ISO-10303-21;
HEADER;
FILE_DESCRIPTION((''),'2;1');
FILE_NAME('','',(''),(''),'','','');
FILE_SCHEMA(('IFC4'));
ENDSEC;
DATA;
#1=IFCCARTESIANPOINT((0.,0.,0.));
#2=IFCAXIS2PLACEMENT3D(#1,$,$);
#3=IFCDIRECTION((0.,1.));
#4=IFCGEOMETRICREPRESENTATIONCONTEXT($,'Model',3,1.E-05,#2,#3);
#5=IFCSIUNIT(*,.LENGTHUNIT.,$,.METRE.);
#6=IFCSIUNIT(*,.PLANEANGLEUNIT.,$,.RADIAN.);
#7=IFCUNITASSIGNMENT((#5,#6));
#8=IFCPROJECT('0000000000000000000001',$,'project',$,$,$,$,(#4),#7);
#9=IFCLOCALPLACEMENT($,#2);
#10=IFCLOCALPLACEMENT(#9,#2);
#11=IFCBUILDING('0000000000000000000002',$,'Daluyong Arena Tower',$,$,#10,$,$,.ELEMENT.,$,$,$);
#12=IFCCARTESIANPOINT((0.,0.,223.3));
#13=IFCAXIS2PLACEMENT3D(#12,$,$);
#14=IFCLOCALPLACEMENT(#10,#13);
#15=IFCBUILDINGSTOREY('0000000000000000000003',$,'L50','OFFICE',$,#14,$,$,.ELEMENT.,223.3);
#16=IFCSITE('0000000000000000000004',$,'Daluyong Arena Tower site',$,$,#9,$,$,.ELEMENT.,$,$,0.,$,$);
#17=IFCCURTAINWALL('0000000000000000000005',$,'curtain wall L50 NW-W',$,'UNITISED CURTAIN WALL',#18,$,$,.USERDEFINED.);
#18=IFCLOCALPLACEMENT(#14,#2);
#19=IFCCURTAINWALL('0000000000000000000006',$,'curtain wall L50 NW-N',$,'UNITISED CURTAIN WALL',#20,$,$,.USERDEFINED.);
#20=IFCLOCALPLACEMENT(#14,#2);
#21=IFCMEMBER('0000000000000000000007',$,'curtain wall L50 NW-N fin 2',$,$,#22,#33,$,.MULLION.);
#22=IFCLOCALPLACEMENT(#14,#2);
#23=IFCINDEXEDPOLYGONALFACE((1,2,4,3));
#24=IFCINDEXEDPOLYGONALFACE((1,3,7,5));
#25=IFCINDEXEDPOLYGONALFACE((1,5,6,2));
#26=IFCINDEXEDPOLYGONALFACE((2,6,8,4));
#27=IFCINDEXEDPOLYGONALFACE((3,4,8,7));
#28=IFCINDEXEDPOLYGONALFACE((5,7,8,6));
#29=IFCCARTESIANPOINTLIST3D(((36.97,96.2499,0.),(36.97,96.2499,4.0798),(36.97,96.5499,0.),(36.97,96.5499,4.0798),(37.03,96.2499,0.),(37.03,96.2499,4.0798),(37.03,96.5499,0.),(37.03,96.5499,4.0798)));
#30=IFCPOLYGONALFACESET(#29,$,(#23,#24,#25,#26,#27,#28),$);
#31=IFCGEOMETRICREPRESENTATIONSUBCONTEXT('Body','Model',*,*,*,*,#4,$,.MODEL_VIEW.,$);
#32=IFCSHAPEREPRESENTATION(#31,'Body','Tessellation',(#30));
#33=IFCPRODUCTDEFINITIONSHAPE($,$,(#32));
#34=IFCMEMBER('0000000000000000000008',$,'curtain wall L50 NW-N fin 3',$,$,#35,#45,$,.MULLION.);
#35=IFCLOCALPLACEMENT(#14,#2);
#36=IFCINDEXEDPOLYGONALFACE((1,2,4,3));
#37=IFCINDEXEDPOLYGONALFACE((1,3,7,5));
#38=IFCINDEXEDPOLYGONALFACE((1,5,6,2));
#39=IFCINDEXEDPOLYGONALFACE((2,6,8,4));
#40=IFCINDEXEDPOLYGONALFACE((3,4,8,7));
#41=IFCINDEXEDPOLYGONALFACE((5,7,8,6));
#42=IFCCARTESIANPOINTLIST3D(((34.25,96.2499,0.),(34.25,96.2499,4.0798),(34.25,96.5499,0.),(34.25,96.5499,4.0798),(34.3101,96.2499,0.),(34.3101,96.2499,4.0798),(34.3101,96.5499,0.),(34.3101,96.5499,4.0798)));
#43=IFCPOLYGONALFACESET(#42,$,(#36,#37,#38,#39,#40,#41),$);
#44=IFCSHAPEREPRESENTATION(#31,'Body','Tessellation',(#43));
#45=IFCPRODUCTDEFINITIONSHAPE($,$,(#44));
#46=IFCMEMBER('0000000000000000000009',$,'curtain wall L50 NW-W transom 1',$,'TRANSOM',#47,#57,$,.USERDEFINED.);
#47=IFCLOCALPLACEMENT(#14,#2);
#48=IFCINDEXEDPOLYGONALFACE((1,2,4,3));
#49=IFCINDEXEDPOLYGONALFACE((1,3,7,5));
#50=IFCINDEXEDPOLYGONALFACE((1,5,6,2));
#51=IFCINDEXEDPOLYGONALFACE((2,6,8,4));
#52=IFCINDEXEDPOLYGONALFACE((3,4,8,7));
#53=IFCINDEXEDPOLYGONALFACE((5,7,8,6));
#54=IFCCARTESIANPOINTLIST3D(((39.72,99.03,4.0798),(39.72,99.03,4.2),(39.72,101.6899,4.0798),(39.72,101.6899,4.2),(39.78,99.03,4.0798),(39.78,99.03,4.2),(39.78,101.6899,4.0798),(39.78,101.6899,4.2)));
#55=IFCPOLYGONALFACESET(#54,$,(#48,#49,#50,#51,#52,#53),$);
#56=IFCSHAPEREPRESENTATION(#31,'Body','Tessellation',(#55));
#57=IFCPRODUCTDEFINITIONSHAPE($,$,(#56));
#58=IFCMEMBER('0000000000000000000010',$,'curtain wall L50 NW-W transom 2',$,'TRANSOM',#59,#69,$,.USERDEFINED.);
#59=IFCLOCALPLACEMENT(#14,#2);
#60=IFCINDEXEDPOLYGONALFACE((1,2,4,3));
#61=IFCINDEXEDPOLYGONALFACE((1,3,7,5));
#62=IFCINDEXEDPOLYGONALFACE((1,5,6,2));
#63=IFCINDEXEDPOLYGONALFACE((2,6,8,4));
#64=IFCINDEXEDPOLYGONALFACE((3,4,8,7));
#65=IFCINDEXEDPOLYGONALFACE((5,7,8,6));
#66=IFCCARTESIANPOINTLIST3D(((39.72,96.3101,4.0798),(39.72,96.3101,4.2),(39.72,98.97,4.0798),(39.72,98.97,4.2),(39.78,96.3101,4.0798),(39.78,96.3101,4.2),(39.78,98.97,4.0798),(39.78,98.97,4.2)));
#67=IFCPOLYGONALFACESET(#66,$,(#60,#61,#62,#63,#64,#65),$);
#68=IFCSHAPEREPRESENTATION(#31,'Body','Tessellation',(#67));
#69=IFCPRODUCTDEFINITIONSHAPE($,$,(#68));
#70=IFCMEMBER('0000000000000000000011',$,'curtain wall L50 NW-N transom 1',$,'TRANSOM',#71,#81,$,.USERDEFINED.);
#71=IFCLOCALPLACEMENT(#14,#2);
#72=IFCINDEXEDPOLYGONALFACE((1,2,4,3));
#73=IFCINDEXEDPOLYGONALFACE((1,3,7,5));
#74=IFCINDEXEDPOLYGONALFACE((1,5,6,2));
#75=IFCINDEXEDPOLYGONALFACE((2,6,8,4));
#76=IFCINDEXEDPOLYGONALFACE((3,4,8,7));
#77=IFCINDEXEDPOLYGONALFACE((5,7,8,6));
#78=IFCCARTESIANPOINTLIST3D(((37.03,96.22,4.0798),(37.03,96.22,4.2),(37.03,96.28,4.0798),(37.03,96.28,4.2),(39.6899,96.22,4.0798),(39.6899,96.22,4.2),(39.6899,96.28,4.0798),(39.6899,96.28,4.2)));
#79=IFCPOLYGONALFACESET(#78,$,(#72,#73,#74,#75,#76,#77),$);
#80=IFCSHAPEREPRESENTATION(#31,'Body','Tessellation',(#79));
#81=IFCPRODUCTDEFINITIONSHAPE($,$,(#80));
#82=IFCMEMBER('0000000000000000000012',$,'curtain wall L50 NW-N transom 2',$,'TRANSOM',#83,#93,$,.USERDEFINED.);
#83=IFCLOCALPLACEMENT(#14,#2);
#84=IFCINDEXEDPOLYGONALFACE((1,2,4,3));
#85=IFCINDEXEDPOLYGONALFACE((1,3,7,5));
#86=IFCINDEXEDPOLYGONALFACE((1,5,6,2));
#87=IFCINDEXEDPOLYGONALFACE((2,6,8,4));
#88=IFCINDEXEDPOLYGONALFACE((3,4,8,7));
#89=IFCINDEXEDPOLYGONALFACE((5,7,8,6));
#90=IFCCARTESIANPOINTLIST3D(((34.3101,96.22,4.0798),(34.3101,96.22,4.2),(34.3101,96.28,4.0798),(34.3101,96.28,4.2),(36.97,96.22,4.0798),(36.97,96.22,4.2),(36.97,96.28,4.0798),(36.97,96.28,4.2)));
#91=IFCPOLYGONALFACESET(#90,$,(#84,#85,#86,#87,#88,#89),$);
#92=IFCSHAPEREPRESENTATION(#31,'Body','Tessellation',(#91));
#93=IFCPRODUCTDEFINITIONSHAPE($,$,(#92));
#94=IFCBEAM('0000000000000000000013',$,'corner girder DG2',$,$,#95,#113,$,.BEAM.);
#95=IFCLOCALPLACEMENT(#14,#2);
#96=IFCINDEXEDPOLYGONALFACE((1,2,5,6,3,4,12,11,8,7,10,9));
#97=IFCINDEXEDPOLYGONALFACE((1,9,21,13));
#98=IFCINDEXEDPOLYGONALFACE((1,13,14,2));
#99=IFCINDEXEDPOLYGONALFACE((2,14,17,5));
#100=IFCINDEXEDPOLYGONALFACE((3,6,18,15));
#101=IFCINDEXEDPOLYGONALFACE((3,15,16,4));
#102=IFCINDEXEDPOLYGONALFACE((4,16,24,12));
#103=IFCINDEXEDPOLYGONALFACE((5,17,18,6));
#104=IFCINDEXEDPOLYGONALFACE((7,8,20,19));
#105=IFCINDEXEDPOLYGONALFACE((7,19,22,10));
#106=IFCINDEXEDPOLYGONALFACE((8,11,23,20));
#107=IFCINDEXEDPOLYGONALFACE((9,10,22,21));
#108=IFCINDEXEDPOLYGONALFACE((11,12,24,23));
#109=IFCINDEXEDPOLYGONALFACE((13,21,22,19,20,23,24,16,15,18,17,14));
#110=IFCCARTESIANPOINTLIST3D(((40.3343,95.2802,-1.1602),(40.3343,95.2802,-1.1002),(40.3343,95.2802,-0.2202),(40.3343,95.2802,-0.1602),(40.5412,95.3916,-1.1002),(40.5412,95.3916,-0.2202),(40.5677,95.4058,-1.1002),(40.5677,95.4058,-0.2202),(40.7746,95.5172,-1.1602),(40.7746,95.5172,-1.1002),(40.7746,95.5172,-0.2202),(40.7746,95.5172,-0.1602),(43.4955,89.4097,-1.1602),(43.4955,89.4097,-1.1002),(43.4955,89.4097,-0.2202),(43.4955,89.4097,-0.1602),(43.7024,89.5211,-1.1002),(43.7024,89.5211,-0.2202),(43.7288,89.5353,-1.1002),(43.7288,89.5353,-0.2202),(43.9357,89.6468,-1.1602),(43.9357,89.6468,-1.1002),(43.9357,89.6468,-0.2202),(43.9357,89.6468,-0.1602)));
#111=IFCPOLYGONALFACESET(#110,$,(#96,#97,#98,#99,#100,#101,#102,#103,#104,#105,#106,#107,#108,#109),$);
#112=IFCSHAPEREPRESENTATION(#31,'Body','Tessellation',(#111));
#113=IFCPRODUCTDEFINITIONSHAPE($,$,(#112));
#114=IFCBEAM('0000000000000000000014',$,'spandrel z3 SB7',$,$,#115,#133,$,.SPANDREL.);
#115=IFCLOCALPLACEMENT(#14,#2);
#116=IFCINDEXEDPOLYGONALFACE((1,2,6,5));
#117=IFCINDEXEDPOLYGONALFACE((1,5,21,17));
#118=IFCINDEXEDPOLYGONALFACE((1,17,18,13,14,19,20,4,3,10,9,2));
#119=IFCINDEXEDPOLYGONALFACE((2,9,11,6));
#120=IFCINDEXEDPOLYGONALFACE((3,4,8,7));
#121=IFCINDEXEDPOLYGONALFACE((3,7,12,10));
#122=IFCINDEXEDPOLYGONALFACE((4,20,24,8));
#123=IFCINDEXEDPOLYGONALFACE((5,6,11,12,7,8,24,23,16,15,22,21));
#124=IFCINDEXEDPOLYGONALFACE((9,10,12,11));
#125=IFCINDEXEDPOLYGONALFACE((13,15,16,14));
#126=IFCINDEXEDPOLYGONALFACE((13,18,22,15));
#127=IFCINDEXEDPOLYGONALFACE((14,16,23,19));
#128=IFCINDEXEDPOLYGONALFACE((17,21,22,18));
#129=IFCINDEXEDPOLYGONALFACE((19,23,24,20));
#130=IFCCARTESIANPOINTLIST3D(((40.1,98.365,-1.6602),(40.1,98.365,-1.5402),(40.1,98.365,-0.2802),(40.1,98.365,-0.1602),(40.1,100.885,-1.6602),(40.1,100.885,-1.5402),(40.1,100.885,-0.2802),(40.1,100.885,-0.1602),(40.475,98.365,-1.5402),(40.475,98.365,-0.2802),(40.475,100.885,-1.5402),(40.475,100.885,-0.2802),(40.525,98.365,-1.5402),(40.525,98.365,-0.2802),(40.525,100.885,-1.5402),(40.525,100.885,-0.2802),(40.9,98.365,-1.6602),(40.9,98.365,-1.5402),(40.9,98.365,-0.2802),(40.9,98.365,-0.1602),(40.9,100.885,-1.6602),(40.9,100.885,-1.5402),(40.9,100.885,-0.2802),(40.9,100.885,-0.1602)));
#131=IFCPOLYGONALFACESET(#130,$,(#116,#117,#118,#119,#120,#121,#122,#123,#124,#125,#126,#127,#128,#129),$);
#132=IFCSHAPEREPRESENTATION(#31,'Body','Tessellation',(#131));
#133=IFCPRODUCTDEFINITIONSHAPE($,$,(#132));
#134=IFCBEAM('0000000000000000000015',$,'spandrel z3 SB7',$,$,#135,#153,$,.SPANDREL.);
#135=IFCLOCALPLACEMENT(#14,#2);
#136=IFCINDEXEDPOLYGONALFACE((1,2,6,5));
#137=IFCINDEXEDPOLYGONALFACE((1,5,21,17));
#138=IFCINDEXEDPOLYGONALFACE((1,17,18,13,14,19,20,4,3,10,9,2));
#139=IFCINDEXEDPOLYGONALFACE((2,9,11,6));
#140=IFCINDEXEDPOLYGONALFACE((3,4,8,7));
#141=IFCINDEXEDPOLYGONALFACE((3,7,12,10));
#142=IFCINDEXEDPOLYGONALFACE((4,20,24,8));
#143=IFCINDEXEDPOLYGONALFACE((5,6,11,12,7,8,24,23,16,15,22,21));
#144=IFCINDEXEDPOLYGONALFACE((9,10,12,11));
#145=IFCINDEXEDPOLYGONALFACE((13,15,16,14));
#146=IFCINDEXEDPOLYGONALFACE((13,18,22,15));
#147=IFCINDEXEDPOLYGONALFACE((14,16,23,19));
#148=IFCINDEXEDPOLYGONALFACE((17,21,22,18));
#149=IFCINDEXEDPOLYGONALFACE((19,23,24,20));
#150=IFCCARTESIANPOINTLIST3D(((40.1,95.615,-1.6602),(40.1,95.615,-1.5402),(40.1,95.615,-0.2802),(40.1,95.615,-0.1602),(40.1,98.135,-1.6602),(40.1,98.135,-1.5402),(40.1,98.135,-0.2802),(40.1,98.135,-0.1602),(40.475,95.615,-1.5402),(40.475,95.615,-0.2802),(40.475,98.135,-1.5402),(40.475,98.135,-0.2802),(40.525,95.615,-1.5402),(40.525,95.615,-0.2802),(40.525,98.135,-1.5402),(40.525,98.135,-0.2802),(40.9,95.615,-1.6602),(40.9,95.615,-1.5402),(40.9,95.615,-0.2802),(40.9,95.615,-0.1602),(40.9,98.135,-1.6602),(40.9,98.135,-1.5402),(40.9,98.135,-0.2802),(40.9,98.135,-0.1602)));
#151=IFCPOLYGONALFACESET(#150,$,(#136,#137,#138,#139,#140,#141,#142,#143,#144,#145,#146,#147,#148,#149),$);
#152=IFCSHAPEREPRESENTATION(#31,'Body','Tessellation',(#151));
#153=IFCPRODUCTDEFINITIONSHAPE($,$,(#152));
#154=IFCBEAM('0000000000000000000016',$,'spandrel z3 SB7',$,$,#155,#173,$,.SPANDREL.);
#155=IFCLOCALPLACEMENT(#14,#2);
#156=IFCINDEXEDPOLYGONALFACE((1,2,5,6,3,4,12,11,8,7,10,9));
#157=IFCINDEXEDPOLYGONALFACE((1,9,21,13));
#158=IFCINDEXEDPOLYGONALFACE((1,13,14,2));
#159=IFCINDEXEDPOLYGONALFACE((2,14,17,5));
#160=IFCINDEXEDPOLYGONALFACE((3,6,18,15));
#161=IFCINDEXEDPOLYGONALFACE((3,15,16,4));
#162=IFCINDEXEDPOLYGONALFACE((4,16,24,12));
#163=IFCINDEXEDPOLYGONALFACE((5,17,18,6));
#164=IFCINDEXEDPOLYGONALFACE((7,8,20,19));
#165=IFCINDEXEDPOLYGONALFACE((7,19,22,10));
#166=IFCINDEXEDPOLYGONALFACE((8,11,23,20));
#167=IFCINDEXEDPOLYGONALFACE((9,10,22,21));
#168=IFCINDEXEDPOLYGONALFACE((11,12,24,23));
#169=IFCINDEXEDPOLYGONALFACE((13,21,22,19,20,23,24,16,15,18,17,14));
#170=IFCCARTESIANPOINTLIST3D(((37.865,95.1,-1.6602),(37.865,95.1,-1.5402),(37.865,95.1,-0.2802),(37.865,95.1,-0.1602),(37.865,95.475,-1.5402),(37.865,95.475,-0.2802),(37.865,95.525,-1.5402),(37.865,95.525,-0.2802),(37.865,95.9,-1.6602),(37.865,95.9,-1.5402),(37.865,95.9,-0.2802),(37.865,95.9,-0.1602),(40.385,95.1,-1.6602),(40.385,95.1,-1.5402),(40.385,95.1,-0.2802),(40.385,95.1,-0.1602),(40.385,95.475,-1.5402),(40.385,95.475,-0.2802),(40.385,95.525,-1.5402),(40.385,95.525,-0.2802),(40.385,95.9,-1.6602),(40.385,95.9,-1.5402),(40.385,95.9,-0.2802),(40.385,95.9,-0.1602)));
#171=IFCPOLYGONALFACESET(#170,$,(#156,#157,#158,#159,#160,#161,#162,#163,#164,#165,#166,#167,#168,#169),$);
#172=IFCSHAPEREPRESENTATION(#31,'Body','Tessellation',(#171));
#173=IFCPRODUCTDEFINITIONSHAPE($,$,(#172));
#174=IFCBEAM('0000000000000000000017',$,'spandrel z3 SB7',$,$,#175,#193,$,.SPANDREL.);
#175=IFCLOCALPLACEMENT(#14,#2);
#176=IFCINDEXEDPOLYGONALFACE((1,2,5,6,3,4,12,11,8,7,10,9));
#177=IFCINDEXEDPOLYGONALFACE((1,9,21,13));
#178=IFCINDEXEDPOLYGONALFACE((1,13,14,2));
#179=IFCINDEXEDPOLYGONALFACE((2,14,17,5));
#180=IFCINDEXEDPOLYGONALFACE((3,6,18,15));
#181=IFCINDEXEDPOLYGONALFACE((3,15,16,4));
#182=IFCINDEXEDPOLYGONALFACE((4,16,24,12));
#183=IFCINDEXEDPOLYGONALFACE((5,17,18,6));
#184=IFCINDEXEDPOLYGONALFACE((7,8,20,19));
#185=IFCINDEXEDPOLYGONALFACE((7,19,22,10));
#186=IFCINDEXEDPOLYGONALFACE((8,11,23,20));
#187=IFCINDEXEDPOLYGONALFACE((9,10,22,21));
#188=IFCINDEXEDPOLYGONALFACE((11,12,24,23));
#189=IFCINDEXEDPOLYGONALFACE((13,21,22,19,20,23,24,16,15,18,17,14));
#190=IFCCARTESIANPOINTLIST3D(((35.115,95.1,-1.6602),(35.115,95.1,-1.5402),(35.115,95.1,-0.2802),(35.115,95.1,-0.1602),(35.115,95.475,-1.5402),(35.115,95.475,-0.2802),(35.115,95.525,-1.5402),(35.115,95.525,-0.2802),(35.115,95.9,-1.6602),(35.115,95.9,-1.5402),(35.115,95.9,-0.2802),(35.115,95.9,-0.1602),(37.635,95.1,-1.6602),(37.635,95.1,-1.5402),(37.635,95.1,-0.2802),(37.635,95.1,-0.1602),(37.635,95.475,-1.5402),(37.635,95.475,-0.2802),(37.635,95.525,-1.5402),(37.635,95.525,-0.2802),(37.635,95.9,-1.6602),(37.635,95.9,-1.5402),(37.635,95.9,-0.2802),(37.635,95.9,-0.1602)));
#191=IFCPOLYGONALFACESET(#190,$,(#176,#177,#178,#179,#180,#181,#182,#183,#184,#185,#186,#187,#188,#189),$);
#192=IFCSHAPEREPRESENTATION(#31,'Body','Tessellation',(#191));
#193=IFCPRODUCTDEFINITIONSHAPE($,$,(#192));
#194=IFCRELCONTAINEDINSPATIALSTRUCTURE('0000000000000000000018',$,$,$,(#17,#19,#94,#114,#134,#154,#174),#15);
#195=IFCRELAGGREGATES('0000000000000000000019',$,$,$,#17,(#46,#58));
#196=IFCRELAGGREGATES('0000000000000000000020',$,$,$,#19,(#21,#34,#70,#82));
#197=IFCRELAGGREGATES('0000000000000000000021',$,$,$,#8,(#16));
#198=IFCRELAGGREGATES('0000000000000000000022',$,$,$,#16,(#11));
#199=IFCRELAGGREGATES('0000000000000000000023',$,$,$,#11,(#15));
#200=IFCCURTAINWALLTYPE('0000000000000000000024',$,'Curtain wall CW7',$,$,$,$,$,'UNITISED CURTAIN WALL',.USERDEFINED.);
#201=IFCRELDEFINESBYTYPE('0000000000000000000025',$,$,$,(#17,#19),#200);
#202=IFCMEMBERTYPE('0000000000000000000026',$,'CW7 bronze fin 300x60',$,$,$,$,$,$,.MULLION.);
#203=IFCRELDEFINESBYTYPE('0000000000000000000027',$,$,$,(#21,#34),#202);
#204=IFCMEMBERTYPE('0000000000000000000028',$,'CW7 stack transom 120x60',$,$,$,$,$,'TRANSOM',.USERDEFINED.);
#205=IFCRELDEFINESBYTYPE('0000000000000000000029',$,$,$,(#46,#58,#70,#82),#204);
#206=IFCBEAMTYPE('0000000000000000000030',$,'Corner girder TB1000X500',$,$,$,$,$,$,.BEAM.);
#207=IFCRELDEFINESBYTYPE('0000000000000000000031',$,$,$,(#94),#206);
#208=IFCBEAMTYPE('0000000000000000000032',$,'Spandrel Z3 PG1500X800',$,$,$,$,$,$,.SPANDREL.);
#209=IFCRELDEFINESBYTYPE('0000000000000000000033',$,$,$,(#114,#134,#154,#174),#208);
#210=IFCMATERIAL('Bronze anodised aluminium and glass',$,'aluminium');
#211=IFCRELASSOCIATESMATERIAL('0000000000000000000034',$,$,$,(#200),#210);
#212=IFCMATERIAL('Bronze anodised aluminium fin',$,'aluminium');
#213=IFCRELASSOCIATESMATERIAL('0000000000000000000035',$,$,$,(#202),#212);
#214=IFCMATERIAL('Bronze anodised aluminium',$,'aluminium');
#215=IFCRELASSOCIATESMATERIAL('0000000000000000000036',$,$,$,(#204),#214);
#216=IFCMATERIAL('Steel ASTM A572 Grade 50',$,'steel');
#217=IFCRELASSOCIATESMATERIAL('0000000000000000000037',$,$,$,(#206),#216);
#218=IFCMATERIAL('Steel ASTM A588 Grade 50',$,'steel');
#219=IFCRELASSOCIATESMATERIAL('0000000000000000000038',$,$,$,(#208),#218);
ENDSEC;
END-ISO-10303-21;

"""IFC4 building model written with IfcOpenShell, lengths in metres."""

from ifc_helpers import new_model, si_unit, direction, frame, origin, origin_2d, place, context, subcontext, project, spatial, rectangle, i_section, extrude, material, material_profile, profile_set, type_object, element, aggregate, save


model = new_model("IFC4")

# Units and contexts
model_context = context("Model", 3, precision=1e-05, world=origin(), true_north=direction((0.0, 1.0)))
body_context = subcontext(model_context, "Body", "Model", "MODEL_VIEW")
ifc_project = project(units=[si_unit("LENGTHUNIT", "METRE"), si_unit("PLANEANGLEUNIT", "RADIAN")], contexts=[model_context])

# Site, building, storey
site_placement = place(None, origin())
site = spatial("IfcSite", under=ifc_project, at=site_placement, Name="Daluyong Arena Tower site", CompositionType="ELEMENT", RefElevation=0.0)
building_placement = place(site_placement, origin())
building = spatial("IfcBuilding", under=site, at=building_placement, Name="Daluyong Arena Tower", CompositionType="ELEMENT")
storey_placement = place(building_placement, frame((0.0, 0.0, 223.3)))
storey = spatial("IfcBuildingStorey", under=building, at=storey_placement, Name="L50", Description="OFFICE", CompositionType="ELEMENT", Elevation=223.3)

# Curtain walls, members
ifc_material_1 = material(Name="Bronze anodised aluminium and glass", Category="aluminium")
curtain_wall_type_1 = type_object("IfcCurtainWallType", Name="Curtain wall CW7", ElementType="UNITISED CURTAIN WALL", PredefinedType="USERDEFINED", material=ifc_material_1)
curtain_wall_1_placement = place(storey_placement, origin())
curtain_wall_1 = element("IfcCurtainWall", 1, at=curtain_wall_1_placement, inside=storey, type_object=curtain_wall_type_1, Name="curtain wall L50 NW-W", ObjectType="UNITISED CURTAIN WALL", PredefinedType="USERDEFINED")
ifc_material_2 = material(Name="Bronze anodised aluminium fin", Category="aluminium")
ifc_material_profile_1 = material_profile(ifc_material_2, rectangle(XDim=0.3, YDim=0.0601, at=origin_2d()))
ifc_profile_set_1 = profile_set([ifc_material_profile_1], Name="Bronze anodised aluminium fin")
member_type_1 = type_object("IfcMemberType", Name="CW7 bronze fin 300x60", PredefinedType="MULLION", material=ifc_profile_set_1)
curtain_wall_2_placement = place(storey_placement, origin())
curtain_wall_2 = element("IfcCurtainWall", 2, at=curtain_wall_2_placement, inside=storey, type_object=curtain_wall_type_1, Name="curtain wall L50 NW-N", ObjectType="UNITISED CURTAIN WALL", PredefinedType="USERDEFINED")
member_1_placement = place(storey_placement, frame((37.0, 96.3999, 0.0), z_axis=(0.0, 0.0, 1.0), x_axis=(0.0, -1.0, 0.0)))
member_1 = element("IfcMember", 3, at=member_1_placement, type_object=member_type_1, Name="curtain wall L50 NW-N fin 2", PredefinedType="MULLION", context=body_context, shape_type="SweptSolid", body=[
    extrude(rectangle(XDim=0.3, YDim=0.0601, at=origin_2d()), origin(), (0.0, 0.0, 1.0), 4.0798),
])
member_2_placement = place(storey_placement, frame((34.28, 96.3999, 0.0), z_axis=(0.0, 0.0, 1.0), x_axis=(0.0, -1.0, 0.0)))
member_2 = element("IfcMember", 4, at=member_2_placement, type_object=member_type_1, Name="curtain wall L50 NW-N fin 3", PredefinedType="MULLION", context=body_context, shape_type="SweptSolid", body=[
    extrude(rectangle(XDim=0.3, YDim=0.0601, at=origin_2d()), origin(), (0.0, 0.0, 1.0), 4.0798),
])

# Members
ifc_material_3 = material(Name="Bronze anodised aluminium", Category="aluminium")
ifc_material_profile_2 = material_profile(ifc_material_3, rectangle(XDim=0.0601, YDim=0.1201, at=origin_2d()))
ifc_profile_set_2 = profile_set([ifc_material_profile_2], Name="Bronze anodised aluminium")
member_type_2 = type_object("IfcMemberType", Name="CW7 stack transom 120x60", ElementType="TRANSOM", PredefinedType="USERDEFINED", material=ifc_profile_set_2)
member_3_placement = place(storey_placement, frame((39.75, 101.6899, 4.1399), z_axis=(0.0, -1.0, 0.0), x_axis=(1.0, 0.0, 0.0)))
member_3 = element("IfcMember", 5, at=member_3_placement, type_object=member_type_2, Name="curtain wall L50 NW-W transom 1", ObjectType="TRANSOM", PredefinedType="USERDEFINED", context=body_context, shape_type="SweptSolid", body=[
    extrude(rectangle(XDim=0.0601, YDim=0.1201, at=origin_2d()), origin(), (0.0, 0.0, 1.0), 2.6599),
])
member_4_placement = place(storey_placement, frame((39.75, 98.97, 4.1399), z_axis=(0.0, -1.0, 0.0), x_axis=(1.0, 0.0, 0.0)))
member_4 = element("IfcMember", 6, at=member_4_placement, type_object=member_type_2, Name="curtain wall L50 NW-W transom 2", ObjectType="TRANSOM", PredefinedType="USERDEFINED", context=body_context, shape_type="SweptSolid", body=[
    extrude(rectangle(XDim=0.0601, YDim=0.1201, at=origin_2d()), origin(), (0.0, 0.0, 1.0), 2.6599),
])
member_5_placement = place(storey_placement, frame((39.6899, 96.25, 4.1399), z_axis=(-1.0, 0.0, 0.0), x_axis=(0.0, -1.0, 0.0)))
member_5 = element("IfcMember", 7, at=member_5_placement, type_object=member_type_2, Name="curtain wall L50 NW-N transom 1", ObjectType="TRANSOM", PredefinedType="USERDEFINED", context=body_context, shape_type="SweptSolid", body=[
    extrude(rectangle(XDim=0.0601, YDim=0.1201, at=origin_2d()), origin(), (0.0, 0.0, 1.0), 2.6599),
])
member_6_placement = place(storey_placement, frame((36.97, 96.25, 4.1399), z_axis=(-1.0, 0.0, 0.0), x_axis=(0.0, -1.0, 0.0)))
member_6 = element("IfcMember", 8, at=member_6_placement, type_object=member_type_2, Name="curtain wall L50 NW-N transom 2", ObjectType="TRANSOM", PredefinedType="USERDEFINED", context=body_context, shape_type="SweptSolid", body=[
    extrude(rectangle(XDim=0.0601, YDim=0.1201, at=origin_2d()), origin(), (0.0, 0.0, 1.0), 2.6599),
])

# Beams
ifc_material_4 = material(Name="Steel ASTM A572 Grade 50", Category="steel")
ifc_material_profile_3 = material_profile(ifc_material_4, i_section(OverallWidth=0.5, OverallDepth=1.0, WebThickness=0.03, FlangeThickness=0.06, at=origin_2d()))
ifc_profile_set_3 = profile_set([ifc_material_profile_3], Name="Steel ASTM A572 Grade 50")
beam_type_1 = type_object("IfcBeamType", Name="Corner girder TB1000X500", PredefinedType="BEAM", material=ifc_profile_set_3)
beam_placement = place(storey_placement, frame((40.5544, 95.3987, -0.6602), z_axis=(0.474119, -0.880461, 0.0), x_axis=(0.880461, 0.474119, 0.0)))
element("IfcBeam", 9, at=beam_placement, inside=storey, type_object=beam_type_1, Name="corner girder DG2", PredefinedType="BEAM", context=body_context, shape_type="SweptSolid", body=[
    extrude(i_section(OverallWidth=0.5, OverallDepth=1.0, WebThickness=0.03, FlangeThickness=0.06, at=origin_2d()), origin(), (0.0, 0.0, 1.0), 6.6675),
])
ifc_material_5 = material(Name="Steel ASTM A588 Grade 50", Category="steel")
ifc_material_profile_4 = material_profile(ifc_material_5, i_section(OverallWidth=0.8, OverallDepth=1.5, WebThickness=0.05, FlangeThickness=0.12, at=origin_2d()))
ifc_profile_set_4 = profile_set([ifc_material_profile_4], Name="Steel ASTM A588 Grade 50")
beam_type_2 = type_object("IfcBeamType", Name="Spandrel Z3 PG1500X800", PredefinedType="SPANDREL", material=ifc_profile_set_4)
for number, where, z_axis, x_axis, name in (
    (10, (40.5, 100.885, -0.9102), (0.0, -1.0, 0.0), (1.0, 0.0, 0.0), "spandrel z3 SB7"),
    (11, (40.5, 98.135, -0.9102), (0.0, -1.0, 0.0), (1.0, 0.0, 0.0), "spandrel z3 SB7"),
    (12, (40.385, 95.5, -0.9102), (-1.0, 0.0, 0.0), (0.0, -1.0, 0.0), "spandrel z3 SB7"),
    (13, (37.635, 95.5, -0.9102), (-1.0, 0.0, 0.0), (0.0, -1.0, 0.0), "spandrel z3 SB7"),
):
    element("IfcBeam", number, at=place(storey_placement, frame(where, z_axis=z_axis, x_axis=x_axis)), inside=storey, type_object=beam_type_2, Name=name, PredefinedType="SPANDREL", context=body_context, shape_type="SweptSolid", body=[
        extrude(i_section(OverallWidth=0.8, OverallDepth=1.5, WebThickness=0.05, FlangeThickness=0.12, at=origin_2d()), origin(), (0.0, 0.0, 1.0), 2.52),
    ])

aggregate(curtain_wall_1, [member_3, member_4])
aggregate(curtain_wall_2, [member_1, member_2, member_5, member_6])

save(model, "model.ifc")
